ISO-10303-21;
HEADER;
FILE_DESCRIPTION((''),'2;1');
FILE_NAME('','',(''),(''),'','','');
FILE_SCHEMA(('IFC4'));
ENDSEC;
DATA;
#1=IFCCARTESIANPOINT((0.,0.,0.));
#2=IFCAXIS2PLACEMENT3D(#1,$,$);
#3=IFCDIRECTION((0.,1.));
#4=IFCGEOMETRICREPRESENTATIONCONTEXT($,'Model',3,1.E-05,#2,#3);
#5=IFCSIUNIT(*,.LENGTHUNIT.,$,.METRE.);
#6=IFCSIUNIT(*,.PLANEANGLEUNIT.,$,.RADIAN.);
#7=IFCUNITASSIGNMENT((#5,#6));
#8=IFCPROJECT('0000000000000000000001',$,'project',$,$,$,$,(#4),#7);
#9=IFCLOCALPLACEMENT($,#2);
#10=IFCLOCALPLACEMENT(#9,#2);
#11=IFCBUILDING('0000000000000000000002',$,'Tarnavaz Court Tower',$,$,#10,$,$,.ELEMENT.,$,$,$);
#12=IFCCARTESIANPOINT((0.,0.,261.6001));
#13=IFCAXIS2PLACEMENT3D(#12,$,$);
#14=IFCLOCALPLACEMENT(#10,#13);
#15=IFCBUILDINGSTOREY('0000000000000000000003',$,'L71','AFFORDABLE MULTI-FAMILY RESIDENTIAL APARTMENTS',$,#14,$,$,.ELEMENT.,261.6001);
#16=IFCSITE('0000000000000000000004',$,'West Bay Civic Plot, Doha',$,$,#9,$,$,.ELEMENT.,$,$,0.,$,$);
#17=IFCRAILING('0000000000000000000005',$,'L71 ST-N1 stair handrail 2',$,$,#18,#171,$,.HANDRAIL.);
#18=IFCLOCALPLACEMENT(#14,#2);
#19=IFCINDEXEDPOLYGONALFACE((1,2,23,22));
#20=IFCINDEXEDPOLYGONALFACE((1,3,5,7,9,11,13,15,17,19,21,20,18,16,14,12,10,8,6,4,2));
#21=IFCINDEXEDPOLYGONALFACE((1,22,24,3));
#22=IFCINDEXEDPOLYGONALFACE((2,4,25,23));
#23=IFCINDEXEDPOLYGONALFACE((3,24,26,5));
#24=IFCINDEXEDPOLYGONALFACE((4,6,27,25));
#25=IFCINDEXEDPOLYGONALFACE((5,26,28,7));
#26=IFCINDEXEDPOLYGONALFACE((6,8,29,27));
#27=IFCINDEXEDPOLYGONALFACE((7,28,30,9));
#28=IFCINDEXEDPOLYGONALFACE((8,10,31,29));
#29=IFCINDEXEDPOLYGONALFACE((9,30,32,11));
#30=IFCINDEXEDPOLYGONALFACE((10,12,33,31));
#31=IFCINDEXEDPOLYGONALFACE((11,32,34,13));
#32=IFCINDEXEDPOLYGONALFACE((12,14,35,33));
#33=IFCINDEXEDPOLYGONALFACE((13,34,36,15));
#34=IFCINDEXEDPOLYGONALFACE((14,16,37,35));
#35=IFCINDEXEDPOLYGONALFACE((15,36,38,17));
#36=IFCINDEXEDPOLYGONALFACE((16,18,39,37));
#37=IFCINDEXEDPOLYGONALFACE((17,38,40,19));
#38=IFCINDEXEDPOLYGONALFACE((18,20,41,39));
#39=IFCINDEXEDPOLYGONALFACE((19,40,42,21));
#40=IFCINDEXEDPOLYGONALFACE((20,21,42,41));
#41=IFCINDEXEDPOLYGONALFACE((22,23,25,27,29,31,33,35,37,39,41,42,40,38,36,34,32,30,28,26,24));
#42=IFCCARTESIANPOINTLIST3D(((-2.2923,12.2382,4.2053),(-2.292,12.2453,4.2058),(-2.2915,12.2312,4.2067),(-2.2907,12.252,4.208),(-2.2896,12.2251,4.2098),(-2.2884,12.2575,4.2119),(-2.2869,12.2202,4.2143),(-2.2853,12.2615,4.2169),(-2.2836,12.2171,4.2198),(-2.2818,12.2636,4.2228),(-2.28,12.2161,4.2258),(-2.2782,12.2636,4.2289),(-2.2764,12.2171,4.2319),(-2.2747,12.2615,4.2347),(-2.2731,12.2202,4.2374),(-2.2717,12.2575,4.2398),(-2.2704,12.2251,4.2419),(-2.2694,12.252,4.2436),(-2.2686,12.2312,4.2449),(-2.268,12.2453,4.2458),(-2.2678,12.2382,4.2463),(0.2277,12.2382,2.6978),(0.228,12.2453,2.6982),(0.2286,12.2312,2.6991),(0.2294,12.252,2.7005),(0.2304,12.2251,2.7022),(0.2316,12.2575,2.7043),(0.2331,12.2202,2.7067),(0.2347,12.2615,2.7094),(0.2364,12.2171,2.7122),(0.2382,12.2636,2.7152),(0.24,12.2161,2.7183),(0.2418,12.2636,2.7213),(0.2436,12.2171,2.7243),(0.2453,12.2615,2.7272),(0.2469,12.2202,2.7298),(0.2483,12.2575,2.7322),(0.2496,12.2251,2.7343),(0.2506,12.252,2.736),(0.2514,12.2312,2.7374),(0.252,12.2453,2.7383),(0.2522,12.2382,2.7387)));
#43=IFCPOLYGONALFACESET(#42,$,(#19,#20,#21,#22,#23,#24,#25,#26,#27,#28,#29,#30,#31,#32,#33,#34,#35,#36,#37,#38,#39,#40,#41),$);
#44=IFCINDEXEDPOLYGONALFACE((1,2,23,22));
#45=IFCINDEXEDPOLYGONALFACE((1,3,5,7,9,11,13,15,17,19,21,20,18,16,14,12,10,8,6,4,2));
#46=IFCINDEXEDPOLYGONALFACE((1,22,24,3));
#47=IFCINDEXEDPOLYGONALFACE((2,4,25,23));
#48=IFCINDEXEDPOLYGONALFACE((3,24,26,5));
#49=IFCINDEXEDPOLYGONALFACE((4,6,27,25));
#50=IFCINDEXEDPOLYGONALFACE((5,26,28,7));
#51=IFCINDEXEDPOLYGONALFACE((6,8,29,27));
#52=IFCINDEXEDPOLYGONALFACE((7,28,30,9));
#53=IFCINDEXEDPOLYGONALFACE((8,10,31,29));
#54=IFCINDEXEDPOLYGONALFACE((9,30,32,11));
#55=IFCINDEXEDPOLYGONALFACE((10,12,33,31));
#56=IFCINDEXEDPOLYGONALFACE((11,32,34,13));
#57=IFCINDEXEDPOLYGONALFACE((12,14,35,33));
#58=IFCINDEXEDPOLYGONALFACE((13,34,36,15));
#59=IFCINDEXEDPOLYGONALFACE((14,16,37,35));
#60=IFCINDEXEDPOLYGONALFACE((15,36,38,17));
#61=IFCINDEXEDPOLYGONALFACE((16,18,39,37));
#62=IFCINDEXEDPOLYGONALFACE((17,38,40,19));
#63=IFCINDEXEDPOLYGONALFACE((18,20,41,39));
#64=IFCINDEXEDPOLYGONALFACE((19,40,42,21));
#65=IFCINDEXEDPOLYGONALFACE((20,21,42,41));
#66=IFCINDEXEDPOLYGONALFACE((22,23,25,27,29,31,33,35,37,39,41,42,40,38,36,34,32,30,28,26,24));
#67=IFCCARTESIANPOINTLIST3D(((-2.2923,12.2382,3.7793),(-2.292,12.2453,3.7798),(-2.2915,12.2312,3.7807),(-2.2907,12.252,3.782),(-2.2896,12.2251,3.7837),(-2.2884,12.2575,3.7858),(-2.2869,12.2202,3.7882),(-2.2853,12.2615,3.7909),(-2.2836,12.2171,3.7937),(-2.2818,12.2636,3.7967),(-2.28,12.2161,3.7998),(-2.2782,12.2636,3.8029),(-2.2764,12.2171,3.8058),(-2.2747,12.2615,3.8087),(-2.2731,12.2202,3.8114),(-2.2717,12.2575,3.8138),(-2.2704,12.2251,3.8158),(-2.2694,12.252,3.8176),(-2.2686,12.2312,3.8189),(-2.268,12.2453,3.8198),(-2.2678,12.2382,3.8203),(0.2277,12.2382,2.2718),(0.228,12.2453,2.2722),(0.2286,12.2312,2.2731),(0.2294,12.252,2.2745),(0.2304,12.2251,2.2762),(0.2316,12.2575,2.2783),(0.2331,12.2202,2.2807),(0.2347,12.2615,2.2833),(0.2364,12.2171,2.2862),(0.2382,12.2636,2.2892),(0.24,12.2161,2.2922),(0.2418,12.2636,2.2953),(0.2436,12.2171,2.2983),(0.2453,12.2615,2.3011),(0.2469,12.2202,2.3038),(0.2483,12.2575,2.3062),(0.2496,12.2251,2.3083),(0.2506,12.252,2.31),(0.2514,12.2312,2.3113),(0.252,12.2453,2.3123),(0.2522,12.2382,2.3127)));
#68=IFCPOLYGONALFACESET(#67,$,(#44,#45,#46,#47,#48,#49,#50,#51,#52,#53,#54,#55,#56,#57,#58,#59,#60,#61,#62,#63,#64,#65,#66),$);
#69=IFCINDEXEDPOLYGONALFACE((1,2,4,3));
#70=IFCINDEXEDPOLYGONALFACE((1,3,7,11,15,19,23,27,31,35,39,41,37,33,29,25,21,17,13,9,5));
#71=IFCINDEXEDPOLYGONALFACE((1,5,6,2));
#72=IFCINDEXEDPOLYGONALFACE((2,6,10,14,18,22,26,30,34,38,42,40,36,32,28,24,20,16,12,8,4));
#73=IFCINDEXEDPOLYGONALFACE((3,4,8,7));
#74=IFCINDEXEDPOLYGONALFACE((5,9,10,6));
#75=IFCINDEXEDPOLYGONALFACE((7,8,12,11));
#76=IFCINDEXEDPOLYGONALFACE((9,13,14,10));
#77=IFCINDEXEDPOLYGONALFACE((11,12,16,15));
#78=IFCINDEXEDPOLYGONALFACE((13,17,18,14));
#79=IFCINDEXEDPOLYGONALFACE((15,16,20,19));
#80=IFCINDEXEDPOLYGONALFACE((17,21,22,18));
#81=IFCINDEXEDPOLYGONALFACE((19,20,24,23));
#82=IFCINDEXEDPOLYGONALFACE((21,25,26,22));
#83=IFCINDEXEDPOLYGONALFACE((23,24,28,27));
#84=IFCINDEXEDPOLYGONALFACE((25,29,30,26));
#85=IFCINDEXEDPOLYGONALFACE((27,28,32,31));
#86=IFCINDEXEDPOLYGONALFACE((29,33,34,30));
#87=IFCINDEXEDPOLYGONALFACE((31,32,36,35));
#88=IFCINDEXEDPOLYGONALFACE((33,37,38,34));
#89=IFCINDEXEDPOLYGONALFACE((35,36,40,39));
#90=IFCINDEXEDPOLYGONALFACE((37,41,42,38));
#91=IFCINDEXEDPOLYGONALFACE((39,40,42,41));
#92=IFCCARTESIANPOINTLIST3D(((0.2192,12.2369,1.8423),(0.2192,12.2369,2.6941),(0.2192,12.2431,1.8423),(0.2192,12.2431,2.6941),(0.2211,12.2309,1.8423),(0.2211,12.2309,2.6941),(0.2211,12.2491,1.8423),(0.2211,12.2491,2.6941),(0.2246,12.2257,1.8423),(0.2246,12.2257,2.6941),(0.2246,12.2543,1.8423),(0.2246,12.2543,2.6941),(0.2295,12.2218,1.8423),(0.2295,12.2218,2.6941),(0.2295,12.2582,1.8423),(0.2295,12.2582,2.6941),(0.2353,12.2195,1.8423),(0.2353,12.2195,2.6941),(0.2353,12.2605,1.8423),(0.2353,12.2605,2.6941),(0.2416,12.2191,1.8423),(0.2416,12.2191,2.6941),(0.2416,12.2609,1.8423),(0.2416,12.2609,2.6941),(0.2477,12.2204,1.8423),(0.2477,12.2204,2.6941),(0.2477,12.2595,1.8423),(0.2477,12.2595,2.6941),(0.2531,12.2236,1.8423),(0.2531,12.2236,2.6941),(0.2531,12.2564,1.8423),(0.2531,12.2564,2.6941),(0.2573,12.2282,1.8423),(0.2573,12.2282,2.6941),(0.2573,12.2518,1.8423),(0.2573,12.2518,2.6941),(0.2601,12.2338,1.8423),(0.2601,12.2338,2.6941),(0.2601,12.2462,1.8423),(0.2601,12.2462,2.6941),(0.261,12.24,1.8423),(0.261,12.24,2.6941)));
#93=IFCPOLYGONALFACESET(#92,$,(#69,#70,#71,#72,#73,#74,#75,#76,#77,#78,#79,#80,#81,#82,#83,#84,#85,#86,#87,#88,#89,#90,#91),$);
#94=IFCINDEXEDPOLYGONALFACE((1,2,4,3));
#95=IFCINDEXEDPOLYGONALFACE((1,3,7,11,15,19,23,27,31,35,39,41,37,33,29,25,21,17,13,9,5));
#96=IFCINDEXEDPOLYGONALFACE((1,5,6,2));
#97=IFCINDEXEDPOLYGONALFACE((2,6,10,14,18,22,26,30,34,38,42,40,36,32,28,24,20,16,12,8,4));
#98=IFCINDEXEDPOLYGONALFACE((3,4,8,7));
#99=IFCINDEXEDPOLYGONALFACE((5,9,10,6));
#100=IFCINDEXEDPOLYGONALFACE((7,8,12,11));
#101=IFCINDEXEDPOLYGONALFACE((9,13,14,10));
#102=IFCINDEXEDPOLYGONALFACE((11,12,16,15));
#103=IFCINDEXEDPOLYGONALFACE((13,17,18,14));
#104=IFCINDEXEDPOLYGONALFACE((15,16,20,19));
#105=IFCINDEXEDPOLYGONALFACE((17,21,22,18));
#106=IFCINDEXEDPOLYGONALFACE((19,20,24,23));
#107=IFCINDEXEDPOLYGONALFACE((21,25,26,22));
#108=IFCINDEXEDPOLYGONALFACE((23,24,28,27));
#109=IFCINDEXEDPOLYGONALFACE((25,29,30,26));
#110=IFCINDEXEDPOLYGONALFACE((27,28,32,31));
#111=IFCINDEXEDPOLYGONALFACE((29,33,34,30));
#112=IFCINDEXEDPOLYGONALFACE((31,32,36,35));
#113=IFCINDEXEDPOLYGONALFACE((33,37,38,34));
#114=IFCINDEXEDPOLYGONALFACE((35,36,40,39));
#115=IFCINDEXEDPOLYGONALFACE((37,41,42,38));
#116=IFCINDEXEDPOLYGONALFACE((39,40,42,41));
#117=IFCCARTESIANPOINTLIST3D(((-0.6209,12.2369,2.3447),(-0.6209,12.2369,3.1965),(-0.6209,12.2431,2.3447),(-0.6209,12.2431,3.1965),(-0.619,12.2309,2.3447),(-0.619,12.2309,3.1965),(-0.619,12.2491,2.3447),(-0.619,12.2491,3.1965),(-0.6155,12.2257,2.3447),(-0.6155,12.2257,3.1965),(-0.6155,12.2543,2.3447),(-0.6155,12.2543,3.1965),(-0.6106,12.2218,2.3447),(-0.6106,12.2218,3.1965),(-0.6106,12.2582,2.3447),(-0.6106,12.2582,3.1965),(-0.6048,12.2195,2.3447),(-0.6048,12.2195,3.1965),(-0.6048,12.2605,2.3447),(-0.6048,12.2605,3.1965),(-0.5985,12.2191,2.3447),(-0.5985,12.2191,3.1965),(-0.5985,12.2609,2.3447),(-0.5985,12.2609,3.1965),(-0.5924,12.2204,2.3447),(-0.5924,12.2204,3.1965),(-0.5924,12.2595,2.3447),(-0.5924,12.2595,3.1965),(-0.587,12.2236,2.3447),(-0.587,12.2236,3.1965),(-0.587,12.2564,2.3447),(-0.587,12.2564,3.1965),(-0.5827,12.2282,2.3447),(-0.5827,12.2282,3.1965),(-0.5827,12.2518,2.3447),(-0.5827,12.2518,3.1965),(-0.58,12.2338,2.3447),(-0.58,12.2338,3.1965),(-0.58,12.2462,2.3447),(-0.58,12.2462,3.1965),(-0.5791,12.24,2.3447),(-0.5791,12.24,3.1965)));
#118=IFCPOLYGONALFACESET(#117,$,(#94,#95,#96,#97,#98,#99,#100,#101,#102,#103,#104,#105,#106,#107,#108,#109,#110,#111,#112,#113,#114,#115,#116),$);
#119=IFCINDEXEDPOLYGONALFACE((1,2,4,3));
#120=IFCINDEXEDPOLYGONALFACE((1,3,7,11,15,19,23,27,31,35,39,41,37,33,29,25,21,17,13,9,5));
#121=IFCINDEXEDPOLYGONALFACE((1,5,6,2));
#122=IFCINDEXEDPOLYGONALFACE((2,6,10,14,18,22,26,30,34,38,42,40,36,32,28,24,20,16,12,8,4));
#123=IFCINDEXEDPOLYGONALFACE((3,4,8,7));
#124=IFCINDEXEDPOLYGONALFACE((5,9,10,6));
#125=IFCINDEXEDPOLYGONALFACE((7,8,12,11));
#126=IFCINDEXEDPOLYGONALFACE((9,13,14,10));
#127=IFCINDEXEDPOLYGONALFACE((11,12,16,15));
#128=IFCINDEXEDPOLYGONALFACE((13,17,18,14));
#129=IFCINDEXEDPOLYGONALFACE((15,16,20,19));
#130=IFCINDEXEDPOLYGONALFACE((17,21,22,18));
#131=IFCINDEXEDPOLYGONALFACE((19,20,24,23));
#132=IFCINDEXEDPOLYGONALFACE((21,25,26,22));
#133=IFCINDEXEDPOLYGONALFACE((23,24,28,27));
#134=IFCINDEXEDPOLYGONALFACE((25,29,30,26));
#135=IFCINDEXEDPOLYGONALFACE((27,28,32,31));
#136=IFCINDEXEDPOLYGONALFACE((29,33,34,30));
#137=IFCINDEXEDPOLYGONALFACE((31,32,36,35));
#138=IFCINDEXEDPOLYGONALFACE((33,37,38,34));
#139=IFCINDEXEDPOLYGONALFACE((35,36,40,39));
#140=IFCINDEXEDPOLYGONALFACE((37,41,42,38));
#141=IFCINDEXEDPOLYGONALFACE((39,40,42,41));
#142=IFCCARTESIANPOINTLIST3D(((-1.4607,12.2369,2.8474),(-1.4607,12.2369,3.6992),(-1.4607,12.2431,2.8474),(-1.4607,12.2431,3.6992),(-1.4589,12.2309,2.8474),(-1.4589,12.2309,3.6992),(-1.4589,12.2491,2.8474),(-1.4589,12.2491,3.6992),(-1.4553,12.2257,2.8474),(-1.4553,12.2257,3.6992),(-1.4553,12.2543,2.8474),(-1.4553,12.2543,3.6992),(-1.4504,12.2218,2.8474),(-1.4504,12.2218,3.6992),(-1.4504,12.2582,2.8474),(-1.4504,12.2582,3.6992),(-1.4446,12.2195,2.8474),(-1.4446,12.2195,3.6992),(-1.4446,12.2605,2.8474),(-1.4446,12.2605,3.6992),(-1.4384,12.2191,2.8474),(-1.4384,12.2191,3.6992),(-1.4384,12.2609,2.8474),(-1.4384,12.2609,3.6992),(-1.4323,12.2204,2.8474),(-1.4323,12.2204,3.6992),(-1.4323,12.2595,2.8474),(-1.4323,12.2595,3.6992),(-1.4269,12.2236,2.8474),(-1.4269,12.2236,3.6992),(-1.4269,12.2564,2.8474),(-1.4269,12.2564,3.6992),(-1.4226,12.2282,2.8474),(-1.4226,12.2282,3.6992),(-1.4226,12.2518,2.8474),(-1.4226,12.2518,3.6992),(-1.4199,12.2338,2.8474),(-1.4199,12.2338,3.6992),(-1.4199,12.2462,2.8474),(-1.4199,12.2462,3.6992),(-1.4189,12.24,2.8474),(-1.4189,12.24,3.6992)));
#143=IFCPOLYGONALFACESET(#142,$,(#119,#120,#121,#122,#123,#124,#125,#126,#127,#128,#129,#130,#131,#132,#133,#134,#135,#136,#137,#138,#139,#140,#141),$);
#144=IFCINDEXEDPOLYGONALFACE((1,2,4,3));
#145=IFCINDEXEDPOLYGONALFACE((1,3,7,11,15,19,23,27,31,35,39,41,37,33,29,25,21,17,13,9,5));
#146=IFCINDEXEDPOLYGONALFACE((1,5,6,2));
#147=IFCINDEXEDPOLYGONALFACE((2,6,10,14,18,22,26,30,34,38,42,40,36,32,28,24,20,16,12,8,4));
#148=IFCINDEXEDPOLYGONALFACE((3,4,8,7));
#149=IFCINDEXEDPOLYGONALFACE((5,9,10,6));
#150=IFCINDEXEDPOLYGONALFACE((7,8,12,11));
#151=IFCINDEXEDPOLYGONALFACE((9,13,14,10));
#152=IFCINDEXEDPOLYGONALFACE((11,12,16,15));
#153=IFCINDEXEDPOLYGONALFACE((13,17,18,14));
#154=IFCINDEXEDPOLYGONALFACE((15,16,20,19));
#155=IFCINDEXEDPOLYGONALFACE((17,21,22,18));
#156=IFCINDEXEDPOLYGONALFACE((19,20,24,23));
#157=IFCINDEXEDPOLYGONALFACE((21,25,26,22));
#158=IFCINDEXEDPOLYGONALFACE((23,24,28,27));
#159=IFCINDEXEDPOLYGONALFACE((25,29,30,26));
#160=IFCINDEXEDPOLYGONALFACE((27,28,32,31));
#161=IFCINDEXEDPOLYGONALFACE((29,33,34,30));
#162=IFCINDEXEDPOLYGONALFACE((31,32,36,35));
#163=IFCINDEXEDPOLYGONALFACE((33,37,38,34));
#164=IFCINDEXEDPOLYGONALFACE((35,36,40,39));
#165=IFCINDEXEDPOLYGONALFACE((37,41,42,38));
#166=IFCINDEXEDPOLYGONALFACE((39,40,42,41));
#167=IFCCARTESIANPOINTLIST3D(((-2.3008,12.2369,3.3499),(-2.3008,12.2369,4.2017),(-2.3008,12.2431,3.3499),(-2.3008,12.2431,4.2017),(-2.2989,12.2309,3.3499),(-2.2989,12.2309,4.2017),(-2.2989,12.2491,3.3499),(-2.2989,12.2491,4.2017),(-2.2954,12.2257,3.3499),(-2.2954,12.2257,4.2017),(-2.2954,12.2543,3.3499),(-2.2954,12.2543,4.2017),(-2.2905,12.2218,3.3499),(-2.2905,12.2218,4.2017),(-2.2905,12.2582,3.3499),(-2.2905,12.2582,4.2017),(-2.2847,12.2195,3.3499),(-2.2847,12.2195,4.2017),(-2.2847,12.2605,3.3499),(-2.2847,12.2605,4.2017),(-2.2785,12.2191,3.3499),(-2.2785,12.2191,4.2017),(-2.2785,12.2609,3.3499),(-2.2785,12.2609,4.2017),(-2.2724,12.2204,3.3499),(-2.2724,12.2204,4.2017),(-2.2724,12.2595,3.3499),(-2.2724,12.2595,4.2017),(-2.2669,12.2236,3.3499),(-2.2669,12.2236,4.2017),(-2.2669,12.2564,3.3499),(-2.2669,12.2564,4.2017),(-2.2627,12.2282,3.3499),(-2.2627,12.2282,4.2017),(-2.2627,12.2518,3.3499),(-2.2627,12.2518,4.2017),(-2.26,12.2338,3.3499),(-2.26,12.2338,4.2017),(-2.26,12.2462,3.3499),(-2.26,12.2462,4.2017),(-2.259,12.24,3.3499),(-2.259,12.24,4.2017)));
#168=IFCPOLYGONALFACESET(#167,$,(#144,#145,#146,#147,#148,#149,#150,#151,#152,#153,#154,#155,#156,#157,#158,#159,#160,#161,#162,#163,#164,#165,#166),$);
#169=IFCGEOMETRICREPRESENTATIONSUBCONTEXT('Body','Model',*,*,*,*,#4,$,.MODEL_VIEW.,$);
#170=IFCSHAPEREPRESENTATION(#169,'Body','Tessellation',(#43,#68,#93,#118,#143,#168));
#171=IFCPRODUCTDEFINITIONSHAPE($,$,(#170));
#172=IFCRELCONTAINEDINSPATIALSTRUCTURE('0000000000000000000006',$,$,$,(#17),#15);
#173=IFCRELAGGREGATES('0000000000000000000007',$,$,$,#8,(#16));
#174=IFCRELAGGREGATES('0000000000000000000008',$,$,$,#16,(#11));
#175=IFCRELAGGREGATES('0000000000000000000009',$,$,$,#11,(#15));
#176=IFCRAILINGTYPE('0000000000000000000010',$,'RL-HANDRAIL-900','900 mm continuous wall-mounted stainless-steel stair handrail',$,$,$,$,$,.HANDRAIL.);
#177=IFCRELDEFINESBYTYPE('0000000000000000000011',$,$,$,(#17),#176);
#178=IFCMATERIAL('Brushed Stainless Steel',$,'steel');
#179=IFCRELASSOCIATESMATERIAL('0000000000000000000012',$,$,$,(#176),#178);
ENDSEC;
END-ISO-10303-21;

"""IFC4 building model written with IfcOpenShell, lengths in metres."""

from ifc_helpers import new_model, si_unit, direction, frame, origin, origin_2d, place, context, subcontext, project, spatial, circle, extrude, material, type_object, element, save


model = new_model("IFC4")

# Units and contexts
model_context = context("Model", 3, precision=1e-05, world=origin(), true_north=direction((0.0, 1.0)))
body_context = subcontext(model_context, "Body", "Model", "MODEL_VIEW")
ifc_project = project(units=[si_unit("LENGTHUNIT", "METRE"), si_unit("PLANEANGLEUNIT", "RADIAN")], contexts=[model_context])

# Site, building, storey
site_placement = place(None, origin())
site = spatial("IfcSite", under=ifc_project, at=site_placement, Name="West Bay Civic Plot, Doha", CompositionType="ELEMENT", RefElevation=0.0)
building_placement = place(site_placement, origin())
building = spatial("IfcBuilding", under=site, at=building_placement, Name="Tarnavaz Court Tower", CompositionType="ELEMENT")
storey_placement = place(building_placement, frame((0.0, 0.0, 261.6001)))
storey = spatial("IfcBuildingStorey", under=building, at=storey_placement, Name="L71", Description="AFFORDABLE MULTI-FAMILY RESIDENTIAL APARTMENTS", CompositionType="ELEMENT", Elevation=261.6001)

# Railing
ifc_material_1 = material(Name="Brushed Stainless Steel", Category="steel")
railing_type_1 = type_object("IfcRailingType", Name="RL-HANDRAIL-900", Description="900 mm continuous wall-mounted stainless-steel stair handrail", PredefinedType="HANDRAIL", material=ifc_material_1)
railing_1_placement = place(storey_placement, frame((0.24, 12.24, 1.8423)))
element("IfcRailing", 1, at=railing_1_placement, inside=storey, type_object=railing_type_1, Name="L71 ST-N1 stair handrail 2", PredefinedType="HANDRAIL", context=body_context, shape_type="SweptSolid", body=[
    extrude(circle(Radius=0.0239, at=origin_2d()), frame((0.0, 0.0, 0.876), z_axis=(-0.85816, 0.0, 0.513383), x_axis=(0.0, -1.0, 0.0)), (0.0, 0.0, 1.0), 2.9365),
    extrude(circle(Radius=0.0239, at=origin_2d()), frame((0.0, 0.0, 0.45), z_axis=(-0.85816, 0.0, 0.513383), x_axis=(0.0, -1.0, 0.0)), (0.0, 0.0, 1.0), 2.9365),
    extrude(circle(Radius=0.021, at=origin_2d()), origin(), (0.0, 0.0, 1.0), 0.8518),
    extrude(circle(Radius=0.021, at=origin_2d()), frame((-0.8401, 0.0, 0.5024)), (0.0, 0.0, 1.0), 0.8518),
    extrude(circle(Radius=0.021, at=origin_2d()), frame((-1.6799, 0.0, 1.0051)), (0.0, 0.0, 1.0), 0.8518),
    extrude(circle(Radius=0.021, at=origin_2d()), frame((-2.52, 0.0, 1.5076)), (0.0, 0.0, 1.0), 0.8518),
])

save(model, "model.ifc")
